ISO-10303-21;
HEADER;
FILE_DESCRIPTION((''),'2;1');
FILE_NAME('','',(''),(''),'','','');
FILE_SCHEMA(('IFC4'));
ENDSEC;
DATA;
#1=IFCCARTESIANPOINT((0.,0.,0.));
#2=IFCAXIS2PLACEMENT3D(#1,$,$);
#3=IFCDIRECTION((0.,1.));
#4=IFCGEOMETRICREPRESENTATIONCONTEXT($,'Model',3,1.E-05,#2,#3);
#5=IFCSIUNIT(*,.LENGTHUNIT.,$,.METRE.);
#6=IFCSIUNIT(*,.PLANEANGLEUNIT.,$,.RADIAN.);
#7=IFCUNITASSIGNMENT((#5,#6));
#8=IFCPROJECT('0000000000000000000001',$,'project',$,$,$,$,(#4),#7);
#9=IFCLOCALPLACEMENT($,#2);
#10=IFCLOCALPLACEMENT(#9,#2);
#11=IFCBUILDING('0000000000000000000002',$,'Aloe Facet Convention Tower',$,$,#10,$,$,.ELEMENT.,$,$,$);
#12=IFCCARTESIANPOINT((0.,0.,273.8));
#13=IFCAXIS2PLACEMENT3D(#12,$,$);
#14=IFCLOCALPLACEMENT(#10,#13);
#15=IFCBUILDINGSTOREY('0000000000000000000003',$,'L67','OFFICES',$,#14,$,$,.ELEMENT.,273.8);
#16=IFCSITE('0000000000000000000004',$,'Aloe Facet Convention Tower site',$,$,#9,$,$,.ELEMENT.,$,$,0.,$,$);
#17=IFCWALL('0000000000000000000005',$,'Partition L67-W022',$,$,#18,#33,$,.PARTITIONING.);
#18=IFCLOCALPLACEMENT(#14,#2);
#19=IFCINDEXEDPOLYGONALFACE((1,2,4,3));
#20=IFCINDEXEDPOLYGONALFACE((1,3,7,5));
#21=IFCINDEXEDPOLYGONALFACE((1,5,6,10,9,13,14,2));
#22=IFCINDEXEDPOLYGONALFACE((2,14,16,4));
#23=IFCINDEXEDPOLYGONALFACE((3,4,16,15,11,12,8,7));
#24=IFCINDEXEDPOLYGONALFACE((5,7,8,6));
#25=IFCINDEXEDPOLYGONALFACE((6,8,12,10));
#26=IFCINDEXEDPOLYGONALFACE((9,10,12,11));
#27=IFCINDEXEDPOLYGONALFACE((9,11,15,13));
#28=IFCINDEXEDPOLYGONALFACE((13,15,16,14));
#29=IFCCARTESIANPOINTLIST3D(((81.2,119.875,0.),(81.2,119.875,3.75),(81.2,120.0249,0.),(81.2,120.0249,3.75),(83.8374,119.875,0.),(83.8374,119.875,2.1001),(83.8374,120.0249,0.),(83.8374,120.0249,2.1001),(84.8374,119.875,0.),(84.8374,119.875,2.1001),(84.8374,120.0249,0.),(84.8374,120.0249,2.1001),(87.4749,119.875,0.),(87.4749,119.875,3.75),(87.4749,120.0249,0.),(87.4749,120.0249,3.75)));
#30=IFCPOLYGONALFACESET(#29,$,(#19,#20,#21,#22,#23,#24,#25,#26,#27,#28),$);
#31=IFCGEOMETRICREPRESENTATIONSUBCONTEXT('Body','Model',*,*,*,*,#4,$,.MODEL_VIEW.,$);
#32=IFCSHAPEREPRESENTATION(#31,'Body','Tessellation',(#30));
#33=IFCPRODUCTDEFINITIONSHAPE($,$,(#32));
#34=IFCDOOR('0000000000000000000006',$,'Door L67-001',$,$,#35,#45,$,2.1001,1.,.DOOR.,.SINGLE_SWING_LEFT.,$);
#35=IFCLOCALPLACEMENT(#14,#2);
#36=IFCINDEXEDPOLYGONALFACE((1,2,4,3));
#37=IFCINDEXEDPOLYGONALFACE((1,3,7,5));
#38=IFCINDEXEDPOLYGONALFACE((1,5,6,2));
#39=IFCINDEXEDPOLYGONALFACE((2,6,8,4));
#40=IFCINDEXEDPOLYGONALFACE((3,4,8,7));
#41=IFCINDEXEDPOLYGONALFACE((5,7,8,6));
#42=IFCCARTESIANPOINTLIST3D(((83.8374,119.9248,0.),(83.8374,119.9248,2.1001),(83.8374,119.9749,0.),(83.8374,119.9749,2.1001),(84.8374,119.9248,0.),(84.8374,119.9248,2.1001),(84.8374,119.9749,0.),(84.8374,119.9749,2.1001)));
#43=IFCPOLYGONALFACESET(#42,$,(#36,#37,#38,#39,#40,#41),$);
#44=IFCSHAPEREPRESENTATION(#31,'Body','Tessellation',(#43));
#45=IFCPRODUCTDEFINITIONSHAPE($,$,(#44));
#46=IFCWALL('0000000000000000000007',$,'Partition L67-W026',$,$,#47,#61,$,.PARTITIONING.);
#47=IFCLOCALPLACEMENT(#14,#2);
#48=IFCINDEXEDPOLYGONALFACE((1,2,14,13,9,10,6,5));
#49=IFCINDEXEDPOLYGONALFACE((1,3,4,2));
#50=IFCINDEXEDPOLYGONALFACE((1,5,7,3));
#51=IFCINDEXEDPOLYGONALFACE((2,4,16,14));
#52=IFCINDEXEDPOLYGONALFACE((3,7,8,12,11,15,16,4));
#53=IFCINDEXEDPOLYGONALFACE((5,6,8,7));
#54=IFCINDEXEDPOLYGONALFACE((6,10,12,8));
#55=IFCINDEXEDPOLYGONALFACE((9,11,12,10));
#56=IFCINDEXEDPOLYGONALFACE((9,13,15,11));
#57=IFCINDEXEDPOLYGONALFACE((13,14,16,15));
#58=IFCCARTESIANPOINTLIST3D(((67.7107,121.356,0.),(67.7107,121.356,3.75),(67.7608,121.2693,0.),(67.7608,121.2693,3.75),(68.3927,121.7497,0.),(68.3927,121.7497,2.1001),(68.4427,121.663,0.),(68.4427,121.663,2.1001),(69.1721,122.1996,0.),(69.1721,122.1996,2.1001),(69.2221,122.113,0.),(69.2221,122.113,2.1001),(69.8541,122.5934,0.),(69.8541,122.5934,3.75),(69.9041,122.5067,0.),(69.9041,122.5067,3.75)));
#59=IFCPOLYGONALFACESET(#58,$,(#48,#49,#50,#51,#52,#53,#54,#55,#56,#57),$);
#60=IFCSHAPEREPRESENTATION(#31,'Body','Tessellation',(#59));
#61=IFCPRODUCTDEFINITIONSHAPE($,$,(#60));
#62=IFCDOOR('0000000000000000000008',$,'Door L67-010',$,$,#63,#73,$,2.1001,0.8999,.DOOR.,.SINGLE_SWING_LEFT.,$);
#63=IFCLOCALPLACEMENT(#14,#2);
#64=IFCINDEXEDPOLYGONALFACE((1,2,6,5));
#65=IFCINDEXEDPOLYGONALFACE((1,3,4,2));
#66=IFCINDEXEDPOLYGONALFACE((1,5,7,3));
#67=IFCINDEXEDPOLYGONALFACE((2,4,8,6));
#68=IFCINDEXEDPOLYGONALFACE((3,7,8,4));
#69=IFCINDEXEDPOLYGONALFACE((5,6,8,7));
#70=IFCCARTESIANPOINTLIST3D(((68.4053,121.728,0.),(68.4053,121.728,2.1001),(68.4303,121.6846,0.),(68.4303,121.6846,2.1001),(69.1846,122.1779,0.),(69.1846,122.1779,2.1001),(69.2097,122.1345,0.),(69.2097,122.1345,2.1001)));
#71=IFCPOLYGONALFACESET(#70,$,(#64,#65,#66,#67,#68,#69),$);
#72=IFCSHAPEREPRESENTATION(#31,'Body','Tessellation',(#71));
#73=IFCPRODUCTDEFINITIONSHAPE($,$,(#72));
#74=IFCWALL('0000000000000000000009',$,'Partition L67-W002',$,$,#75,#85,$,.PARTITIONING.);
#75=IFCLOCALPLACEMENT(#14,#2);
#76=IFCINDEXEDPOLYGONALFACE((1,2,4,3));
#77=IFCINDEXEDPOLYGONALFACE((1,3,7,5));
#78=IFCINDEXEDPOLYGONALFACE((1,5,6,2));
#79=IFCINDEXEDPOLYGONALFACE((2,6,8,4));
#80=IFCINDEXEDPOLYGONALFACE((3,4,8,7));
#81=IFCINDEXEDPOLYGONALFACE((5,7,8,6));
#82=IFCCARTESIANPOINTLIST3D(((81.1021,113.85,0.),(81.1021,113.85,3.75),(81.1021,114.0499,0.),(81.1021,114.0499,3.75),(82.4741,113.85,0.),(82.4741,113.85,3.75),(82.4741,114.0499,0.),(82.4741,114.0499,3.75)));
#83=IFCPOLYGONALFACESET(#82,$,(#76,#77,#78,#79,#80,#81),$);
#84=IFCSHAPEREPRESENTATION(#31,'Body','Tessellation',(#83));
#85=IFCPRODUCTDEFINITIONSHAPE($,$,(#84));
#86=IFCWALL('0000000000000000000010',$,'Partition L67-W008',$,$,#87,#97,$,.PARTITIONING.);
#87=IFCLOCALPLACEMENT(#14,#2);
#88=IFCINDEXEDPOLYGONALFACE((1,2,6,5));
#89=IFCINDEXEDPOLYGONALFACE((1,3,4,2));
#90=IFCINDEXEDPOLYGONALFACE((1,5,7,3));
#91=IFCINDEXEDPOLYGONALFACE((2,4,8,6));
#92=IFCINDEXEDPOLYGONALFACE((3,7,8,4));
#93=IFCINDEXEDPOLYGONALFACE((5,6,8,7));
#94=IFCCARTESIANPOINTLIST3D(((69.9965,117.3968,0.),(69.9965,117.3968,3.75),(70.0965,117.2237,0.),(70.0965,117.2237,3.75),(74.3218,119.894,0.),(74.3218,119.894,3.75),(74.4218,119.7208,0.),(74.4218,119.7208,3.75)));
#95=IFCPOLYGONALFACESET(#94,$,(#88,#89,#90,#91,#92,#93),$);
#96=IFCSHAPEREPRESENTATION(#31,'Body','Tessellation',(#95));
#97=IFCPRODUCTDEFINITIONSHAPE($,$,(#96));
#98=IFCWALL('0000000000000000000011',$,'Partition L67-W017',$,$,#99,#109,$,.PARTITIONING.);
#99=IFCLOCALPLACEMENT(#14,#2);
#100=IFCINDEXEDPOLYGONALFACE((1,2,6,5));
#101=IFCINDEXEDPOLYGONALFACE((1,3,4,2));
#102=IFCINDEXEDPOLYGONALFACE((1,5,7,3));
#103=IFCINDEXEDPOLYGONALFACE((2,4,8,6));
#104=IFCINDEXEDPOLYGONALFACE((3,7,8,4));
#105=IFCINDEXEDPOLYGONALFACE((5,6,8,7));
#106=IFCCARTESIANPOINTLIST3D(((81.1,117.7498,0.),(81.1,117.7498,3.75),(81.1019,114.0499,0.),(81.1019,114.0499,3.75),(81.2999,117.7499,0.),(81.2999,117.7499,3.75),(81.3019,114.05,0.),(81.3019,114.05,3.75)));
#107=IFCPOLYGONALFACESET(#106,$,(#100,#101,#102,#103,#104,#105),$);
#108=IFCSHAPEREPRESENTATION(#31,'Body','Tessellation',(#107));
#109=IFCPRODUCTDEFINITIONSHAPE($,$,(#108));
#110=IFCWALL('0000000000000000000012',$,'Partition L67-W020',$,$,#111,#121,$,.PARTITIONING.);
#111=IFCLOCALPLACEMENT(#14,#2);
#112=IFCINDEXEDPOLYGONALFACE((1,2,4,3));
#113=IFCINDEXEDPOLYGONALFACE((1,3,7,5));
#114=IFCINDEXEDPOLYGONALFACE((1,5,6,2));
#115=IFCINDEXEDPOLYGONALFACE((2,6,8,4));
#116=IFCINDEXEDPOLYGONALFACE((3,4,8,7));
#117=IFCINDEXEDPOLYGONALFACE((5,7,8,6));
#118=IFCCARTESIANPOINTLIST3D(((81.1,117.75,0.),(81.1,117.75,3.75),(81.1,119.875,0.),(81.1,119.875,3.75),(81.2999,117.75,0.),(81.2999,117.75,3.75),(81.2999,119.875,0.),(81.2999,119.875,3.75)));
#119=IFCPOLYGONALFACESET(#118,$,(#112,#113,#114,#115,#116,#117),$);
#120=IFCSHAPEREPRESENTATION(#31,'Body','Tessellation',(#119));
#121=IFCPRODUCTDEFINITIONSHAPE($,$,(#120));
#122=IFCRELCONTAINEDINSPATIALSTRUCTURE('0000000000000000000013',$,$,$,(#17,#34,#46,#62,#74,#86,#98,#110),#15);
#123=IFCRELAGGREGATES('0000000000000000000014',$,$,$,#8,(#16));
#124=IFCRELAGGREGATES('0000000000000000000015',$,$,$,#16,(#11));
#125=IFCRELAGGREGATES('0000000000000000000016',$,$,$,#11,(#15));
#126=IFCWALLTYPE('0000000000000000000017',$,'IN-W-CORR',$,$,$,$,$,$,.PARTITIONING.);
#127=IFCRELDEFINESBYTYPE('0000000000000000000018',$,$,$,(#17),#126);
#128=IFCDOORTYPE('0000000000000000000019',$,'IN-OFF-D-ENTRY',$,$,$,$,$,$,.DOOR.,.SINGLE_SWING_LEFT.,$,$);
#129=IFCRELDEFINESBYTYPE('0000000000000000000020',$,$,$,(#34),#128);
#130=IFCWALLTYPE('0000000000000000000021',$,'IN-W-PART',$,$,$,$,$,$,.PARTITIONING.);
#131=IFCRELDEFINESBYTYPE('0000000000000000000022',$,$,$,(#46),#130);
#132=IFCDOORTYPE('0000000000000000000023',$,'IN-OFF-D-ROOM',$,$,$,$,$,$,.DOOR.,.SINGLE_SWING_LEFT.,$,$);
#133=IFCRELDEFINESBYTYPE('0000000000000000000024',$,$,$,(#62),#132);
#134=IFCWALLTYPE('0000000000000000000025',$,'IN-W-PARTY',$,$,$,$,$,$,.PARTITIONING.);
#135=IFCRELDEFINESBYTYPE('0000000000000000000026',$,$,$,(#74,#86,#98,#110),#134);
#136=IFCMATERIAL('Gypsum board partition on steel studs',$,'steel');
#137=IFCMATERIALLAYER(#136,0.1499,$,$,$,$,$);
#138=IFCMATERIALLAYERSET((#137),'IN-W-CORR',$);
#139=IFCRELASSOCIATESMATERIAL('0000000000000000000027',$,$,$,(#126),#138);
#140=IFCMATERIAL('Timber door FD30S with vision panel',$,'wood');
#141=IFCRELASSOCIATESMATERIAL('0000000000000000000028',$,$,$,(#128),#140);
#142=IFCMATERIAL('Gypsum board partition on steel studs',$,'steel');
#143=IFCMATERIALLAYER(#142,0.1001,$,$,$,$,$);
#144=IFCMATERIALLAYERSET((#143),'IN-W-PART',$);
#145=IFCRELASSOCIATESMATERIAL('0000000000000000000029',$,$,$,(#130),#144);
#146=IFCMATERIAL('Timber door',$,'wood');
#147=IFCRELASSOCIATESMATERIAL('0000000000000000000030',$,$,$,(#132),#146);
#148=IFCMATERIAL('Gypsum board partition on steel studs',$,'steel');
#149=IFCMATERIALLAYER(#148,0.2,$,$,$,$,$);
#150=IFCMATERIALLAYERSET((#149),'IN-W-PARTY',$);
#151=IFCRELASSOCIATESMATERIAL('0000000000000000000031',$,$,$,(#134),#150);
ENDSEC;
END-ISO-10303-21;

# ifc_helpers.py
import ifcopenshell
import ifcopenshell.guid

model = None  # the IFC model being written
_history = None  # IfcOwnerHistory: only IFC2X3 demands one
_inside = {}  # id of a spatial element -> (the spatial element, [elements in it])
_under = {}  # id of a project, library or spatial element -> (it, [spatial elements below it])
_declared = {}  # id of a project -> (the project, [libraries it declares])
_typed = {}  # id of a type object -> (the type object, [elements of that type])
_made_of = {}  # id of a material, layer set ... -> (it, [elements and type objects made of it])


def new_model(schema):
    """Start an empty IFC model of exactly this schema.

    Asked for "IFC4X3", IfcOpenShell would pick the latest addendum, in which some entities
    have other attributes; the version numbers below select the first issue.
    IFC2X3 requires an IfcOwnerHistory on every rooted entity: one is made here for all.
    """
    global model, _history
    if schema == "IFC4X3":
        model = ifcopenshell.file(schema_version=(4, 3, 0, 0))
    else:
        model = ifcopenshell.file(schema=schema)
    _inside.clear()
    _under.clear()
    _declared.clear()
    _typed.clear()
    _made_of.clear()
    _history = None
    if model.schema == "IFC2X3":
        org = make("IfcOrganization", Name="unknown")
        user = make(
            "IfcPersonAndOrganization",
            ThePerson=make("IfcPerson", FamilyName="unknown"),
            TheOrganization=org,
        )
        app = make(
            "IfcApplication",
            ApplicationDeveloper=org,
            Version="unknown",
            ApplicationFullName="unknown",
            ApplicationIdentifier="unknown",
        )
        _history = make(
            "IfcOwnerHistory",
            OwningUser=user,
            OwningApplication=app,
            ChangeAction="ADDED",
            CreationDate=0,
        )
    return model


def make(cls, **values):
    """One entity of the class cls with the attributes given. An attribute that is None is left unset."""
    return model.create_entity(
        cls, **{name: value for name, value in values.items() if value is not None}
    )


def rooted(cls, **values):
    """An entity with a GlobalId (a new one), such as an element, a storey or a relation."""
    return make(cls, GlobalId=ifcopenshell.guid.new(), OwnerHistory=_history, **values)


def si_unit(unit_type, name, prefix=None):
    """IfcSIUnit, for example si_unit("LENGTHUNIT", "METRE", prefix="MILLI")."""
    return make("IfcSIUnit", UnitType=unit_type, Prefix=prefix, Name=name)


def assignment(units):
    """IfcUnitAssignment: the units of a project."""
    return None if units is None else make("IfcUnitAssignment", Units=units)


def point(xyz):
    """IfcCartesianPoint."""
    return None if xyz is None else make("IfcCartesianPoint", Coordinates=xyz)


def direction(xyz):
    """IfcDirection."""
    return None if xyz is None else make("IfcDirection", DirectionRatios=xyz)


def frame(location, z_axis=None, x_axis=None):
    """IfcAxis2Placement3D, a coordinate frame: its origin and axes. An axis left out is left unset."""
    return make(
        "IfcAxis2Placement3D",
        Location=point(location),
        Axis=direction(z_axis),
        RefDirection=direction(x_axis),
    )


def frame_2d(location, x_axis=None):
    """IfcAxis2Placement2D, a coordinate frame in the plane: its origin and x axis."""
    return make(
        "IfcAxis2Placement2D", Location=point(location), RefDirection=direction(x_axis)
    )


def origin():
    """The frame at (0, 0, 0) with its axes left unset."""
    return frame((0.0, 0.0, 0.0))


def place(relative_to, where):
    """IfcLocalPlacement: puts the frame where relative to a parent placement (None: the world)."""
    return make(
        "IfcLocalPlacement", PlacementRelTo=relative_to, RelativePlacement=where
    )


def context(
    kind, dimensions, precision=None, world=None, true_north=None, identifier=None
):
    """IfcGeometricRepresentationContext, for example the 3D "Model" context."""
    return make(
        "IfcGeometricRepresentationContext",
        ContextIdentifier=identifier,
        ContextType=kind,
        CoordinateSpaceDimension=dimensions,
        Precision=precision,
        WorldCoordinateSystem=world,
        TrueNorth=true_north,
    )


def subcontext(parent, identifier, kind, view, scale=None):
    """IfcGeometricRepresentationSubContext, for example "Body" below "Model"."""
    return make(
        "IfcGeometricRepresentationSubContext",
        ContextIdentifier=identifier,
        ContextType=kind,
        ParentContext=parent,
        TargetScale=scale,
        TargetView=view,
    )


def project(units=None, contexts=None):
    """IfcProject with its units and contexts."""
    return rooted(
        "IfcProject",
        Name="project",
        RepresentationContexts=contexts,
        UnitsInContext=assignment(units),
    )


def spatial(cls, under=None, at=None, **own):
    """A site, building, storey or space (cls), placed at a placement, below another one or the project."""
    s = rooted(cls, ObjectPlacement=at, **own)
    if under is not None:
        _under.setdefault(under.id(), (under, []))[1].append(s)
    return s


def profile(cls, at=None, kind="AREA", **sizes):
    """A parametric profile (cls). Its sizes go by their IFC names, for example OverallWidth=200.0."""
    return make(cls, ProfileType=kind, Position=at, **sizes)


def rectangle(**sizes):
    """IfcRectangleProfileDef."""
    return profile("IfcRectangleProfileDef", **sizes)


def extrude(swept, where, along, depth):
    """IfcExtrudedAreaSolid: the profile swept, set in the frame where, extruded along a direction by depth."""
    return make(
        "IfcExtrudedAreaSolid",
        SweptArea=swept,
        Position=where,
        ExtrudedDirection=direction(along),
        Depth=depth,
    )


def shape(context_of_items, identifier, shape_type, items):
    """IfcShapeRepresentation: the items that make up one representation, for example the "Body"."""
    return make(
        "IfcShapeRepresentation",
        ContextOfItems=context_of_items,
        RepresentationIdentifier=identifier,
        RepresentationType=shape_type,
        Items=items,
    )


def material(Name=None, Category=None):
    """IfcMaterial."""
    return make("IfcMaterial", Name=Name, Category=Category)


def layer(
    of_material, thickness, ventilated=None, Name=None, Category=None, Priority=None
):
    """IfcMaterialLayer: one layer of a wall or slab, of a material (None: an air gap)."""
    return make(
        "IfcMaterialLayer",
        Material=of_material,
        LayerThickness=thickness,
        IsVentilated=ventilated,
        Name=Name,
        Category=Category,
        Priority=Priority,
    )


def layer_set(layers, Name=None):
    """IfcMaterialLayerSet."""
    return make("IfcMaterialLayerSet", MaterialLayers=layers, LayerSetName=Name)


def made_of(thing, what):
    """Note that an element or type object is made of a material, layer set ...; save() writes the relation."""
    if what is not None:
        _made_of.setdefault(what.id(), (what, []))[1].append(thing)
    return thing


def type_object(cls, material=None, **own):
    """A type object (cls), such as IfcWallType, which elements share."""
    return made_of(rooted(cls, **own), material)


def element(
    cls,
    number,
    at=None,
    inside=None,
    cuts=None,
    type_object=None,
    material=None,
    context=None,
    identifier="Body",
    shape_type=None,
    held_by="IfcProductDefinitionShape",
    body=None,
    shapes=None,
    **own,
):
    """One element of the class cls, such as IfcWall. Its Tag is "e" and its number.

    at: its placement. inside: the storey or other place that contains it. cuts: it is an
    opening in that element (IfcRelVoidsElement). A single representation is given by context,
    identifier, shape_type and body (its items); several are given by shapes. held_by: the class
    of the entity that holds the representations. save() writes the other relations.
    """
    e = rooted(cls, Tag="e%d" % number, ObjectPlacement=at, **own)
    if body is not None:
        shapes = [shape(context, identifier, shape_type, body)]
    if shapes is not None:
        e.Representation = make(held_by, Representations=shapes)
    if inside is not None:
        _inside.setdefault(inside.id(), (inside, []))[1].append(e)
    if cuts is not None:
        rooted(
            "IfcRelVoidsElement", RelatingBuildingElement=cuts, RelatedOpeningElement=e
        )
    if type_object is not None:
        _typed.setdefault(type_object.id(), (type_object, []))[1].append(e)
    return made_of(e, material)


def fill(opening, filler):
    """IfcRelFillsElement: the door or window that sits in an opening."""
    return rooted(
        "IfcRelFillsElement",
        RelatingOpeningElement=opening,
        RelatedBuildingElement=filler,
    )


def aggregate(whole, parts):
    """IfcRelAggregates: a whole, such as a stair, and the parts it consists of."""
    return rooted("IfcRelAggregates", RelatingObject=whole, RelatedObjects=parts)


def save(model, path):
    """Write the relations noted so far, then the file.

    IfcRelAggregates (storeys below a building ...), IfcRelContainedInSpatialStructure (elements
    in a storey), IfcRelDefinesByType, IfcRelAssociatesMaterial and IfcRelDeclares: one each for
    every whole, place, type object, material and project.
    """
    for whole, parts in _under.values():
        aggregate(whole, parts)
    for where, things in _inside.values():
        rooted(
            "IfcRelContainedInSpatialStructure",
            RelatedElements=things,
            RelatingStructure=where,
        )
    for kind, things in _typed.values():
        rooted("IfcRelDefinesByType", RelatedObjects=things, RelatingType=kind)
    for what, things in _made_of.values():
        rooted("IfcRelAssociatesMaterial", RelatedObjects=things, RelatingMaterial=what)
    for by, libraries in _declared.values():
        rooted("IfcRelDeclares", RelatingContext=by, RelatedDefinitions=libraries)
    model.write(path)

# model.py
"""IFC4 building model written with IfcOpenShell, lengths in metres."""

from ifc_helpers import new_model, si_unit, direction, frame, frame_2d, origin, place, context, subcontext, project, spatial, rectangle, extrude, material, layer, layer_set, type_object, element, fill, save


model = new_model("IFC4")

# Units and contexts
model_context = context("Model", 3, precision=1e-05, world=origin(), true_north=direction((0.0, 1.0)))
body_context = subcontext(model_context, "Body", "Model", "MODEL_VIEW")
ifc_project = project(units=[si_unit("LENGTHUNIT", "METRE"), si_unit("PLANEANGLEUNIT", "RADIAN")], contexts=[model_context])

# Site, building, storey
site_placement = place(None, origin())
site = spatial("IfcSite", under=ifc_project, at=site_placement, Name="Aloe Facet Convention Tower site", CompositionType="ELEMENT", RefElevation=0.0)
building_placement = place(site_placement, origin())
building = spatial("IfcBuilding", under=site, at=building_placement, Name="Aloe Facet Convention Tower", CompositionType="ELEMENT")
storey_placement = place(building_placement, frame((0.0, 0.0, 273.8)))
storey = spatial("IfcBuildingStorey", under=building, at=storey_placement, Name="L67", Description="OFFICES", CompositionType="ELEMENT", Elevation=273.8)

# Shared definitions
ifc_material_1 = material(Name="Gypsum board partition on steel studs", Category="steel")
ifc_layer_1 = layer(ifc_material_1, 0.1499)
ifc_layer_set_1 = layer_set([ifc_layer_1], Name="IN-W-CORR")
wall_type_1 = type_object("IfcWallType", Name="IN-W-CORR", PredefinedType="PARTITIONING", material=ifc_layer_set_1)
ifc_material_2 = material(Name="Timber door FD30S with vision panel", Category="wood")
door_type_1 = type_object("IfcDoorType", Name="IN-OFF-D-ENTRY", OperationType="SINGLE_SWING_LEFT", PredefinedType="DOOR", material=ifc_material_2)

# Walls, openings, doors
wall_1_placement = place(storey_placement, frame((81.2, 119.95, 0.0), z_axis=(0.0, 0.0, 1.0), x_axis=(1.0, 0.0, 0.0)))
wall_1 = element("IfcWall", 1, at=wall_1_placement, inside=storey, type_object=wall_type_1, Name="Partition L67-W022", PredefinedType="PARTITIONING", context=body_context, shape_type="SweptSolid", body=[
    extrude(rectangle(XDim=6.2749, YDim=0.1499, at=frame_2d((3.1375, 0.0))), origin(), (0.0, 0.0, 1.0), 3.75),
])
opening_1_placement = place(wall_1_placement, frame((2.6375, 0.0, 0.0)))
opening_1 = element("IfcOpeningElement", 2, at=opening_1_placement, cuts=wall_1, PredefinedType="OPENING", context=body_context, shape_type="SweptSolid", body=[
    extrude(rectangle(XDim=1.0, YDim=2.1001, at=frame_2d((0.5, 1.05))), frame((0.0, 0.085, 0.0), z_axis=(0.0, -1.0, 0.0), x_axis=(1.0, 0.0, 0.0)), (0.0, 0.0, 1.0), 0.1699),
])
door_1_placement = place(opening_1_placement, origin())
door_1 = element("IfcDoor", 3, at=door_1_placement, inside=storey, type_object=door_type_1, Name="Door L67-001", OperationType="SINGLE_SWING_LEFT", OverallHeight=2.1001, OverallWidth=1.0, PredefinedType="DOOR", context=body_context, shape_type="SweptSolid", body=[
    extrude(rectangle(XDim=1.0, YDim=2.1001, at=frame_2d((0.5, 1.05))), frame((0.0, 0.0249, 0.0), z_axis=(0.0, -1.0, 0.0), x_axis=(1.0, 0.0, 0.0)), (0.0, 0.0, 1.0), 0.05),
])
fill(opening_1, door_1)
ifc_material_3 = material(Name="Gypsum board partition on steel studs", Category="steel")
ifc_layer_2 = layer(ifc_material_3, 0.1001)
ifc_layer_set_2 = layer_set([ifc_layer_2], Name="IN-W-PART")
wall_type_2 = type_object("IfcWallType", Name="IN-W-PART", PredefinedType="PARTITIONING", material=ifc_layer_set_2)
wall_2_placement = place(storey_placement, frame((67.7358, 121.3127, 0.0), z_axis=(0.0, 0.0, 1.0), x_axis=(0.866049, 0.499959, 0.0)))
wall_2 = element("IfcWall", 4, at=wall_2_placement, inside=storey, type_object=wall_type_2, Name="Partition L67-W026", PredefinedType="PARTITIONING", context=body_context, shape_type="SweptSolid", body=[
    extrude(rectangle(XDim=2.4749, YDim=0.1001, at=frame_2d((1.2373, 0.0))), origin(), (0.0, 0.0, 1.0), 3.75),
])
opening_2_placement = place(wall_2_placement, frame((0.7874, 0.0, 0.0)))
opening_2 = element("IfcOpeningElement", 5, at=opening_2_placement, cuts=wall_2, PredefinedType="OPENING", context=body_context, shape_type="SweptSolid", body=[
    extrude(rectangle(XDim=0.8999, YDim=2.1001, at=frame_2d((0.45, 1.05))), frame((0.0, 0.0601, 0.0), z_axis=(0.0, -1.0, 0.0), x_axis=(1.0, 0.0, 0.0)), (0.0, 0.0, 1.0), 0.1201),
])
ifc_material_4 = material(Name="Timber door", Category="wood")
door_type_2 = type_object("IfcDoorType", Name="IN-OFF-D-ROOM", OperationType="SINGLE_SWING_LEFT", PredefinedType="DOOR", material=ifc_material_4)
door_2_placement = place(opening_2_placement, origin())
door_2 = element("IfcDoor", 6, at=door_2_placement, inside=storey, type_object=door_type_2, Name="Door L67-010", OperationType="SINGLE_SWING_LEFT", OverallHeight=2.1001, OverallWidth=0.8999, PredefinedType="DOOR", context=body_context, shape_type="SweptSolid", body=[
    extrude(rectangle(XDim=0.8999, YDim=2.1001, at=frame_2d((0.45, 1.05))), frame((0.0, 0.0249, 0.0), z_axis=(0.0, -1.0, 0.0), x_axis=(1.0, 0.0, 0.0)), (0.0, 0.0, 1.0), 0.05),
])
fill(opening_2, door_2)

# Walls
ifc_material_5 = material(Name="Gypsum board partition on steel studs", Category="steel")
ifc_layer_3 = layer(ifc_material_5, 0.2)
ifc_layer_set_3 = layer_set([ifc_layer_3], Name="IN-W-PARTY")
wall_type_3 = type_object("IfcWallType", Name="IN-W-PARTY", PredefinedType="PARTITIONING", material=ifc_layer_set_3)
wall_3_placement = place(storey_placement, frame((81.1021, 113.95, 0.0), z_axis=(0.0, 0.0, 1.0), x_axis=(1.0, 0.0, 0.0)))
element("IfcWall", 7, at=wall_3_placement, inside=storey, type_object=wall_type_3, Name="Partition L67-W002", PredefinedType="PARTITIONING", context=body_context, shape_type="SweptSolid", body=[
    extrude(rectangle(XDim=1.3721, YDim=0.2, at=frame_2d((0.686, 0.0))), origin(), (0.0, 0.0, 1.0), 3.75),
])
wall_4_placement = place(storey_placement, frame((70.0466, 117.3103, 0.0), z_axis=(0.0, 0.0, 1.0), x_axis=(0.866033, 0.499988, 0.0)))
element("IfcWall", 8, at=wall_4_placement, inside=storey, type_object=wall_type_3, Name="Partition L67-W008", PredefinedType="PARTITIONING", context=body_context, shape_type="SweptSolid", body=[
    extrude(rectangle(XDim=4.9944, YDim=0.2, at=frame_2d((2.4971, 0.0))), origin(), (0.0, 0.0, 1.0), 3.75),
])
wall_5_placement = place(storey_placement, frame((81.2, 117.75, 0.0), z_axis=(0.0, 0.0, 1.0), x_axis=(0.000528, -1.0, 0.0)))
element("IfcWall", 9, at=wall_5_placement, inside=storey, type_object=wall_type_3, Name="Partition L67-W017", PredefinedType="PARTITIONING", context=body_context, shape_type="SweptSolid", body=[
    extrude(rectangle(XDim=3.7, YDim=0.2, at=frame_2d((1.8501, 0.0))), origin(), (0.0, 0.0, 1.0), 3.75),
])
wall_6_placement = place(storey_placement, frame((81.2, 117.75, 0.0), z_axis=(0.0, 0.0, 1.0), x_axis=(0.0, 1.0, 0.0)))
element("IfcWall", 10, at=wall_6_placement, inside=storey, type_object=wall_type_3, Name="Partition L67-W020", PredefinedType="PARTITIONING", context=body_context, shape_type="SweptSolid", body=[
    extrude(rectangle(XDim=2.125, YDim=0.2, at=frame_2d((1.0625, 0.0))), origin(), (0.0, 0.0, 1.0), 3.75),
])

save(model, "model.ifc")
